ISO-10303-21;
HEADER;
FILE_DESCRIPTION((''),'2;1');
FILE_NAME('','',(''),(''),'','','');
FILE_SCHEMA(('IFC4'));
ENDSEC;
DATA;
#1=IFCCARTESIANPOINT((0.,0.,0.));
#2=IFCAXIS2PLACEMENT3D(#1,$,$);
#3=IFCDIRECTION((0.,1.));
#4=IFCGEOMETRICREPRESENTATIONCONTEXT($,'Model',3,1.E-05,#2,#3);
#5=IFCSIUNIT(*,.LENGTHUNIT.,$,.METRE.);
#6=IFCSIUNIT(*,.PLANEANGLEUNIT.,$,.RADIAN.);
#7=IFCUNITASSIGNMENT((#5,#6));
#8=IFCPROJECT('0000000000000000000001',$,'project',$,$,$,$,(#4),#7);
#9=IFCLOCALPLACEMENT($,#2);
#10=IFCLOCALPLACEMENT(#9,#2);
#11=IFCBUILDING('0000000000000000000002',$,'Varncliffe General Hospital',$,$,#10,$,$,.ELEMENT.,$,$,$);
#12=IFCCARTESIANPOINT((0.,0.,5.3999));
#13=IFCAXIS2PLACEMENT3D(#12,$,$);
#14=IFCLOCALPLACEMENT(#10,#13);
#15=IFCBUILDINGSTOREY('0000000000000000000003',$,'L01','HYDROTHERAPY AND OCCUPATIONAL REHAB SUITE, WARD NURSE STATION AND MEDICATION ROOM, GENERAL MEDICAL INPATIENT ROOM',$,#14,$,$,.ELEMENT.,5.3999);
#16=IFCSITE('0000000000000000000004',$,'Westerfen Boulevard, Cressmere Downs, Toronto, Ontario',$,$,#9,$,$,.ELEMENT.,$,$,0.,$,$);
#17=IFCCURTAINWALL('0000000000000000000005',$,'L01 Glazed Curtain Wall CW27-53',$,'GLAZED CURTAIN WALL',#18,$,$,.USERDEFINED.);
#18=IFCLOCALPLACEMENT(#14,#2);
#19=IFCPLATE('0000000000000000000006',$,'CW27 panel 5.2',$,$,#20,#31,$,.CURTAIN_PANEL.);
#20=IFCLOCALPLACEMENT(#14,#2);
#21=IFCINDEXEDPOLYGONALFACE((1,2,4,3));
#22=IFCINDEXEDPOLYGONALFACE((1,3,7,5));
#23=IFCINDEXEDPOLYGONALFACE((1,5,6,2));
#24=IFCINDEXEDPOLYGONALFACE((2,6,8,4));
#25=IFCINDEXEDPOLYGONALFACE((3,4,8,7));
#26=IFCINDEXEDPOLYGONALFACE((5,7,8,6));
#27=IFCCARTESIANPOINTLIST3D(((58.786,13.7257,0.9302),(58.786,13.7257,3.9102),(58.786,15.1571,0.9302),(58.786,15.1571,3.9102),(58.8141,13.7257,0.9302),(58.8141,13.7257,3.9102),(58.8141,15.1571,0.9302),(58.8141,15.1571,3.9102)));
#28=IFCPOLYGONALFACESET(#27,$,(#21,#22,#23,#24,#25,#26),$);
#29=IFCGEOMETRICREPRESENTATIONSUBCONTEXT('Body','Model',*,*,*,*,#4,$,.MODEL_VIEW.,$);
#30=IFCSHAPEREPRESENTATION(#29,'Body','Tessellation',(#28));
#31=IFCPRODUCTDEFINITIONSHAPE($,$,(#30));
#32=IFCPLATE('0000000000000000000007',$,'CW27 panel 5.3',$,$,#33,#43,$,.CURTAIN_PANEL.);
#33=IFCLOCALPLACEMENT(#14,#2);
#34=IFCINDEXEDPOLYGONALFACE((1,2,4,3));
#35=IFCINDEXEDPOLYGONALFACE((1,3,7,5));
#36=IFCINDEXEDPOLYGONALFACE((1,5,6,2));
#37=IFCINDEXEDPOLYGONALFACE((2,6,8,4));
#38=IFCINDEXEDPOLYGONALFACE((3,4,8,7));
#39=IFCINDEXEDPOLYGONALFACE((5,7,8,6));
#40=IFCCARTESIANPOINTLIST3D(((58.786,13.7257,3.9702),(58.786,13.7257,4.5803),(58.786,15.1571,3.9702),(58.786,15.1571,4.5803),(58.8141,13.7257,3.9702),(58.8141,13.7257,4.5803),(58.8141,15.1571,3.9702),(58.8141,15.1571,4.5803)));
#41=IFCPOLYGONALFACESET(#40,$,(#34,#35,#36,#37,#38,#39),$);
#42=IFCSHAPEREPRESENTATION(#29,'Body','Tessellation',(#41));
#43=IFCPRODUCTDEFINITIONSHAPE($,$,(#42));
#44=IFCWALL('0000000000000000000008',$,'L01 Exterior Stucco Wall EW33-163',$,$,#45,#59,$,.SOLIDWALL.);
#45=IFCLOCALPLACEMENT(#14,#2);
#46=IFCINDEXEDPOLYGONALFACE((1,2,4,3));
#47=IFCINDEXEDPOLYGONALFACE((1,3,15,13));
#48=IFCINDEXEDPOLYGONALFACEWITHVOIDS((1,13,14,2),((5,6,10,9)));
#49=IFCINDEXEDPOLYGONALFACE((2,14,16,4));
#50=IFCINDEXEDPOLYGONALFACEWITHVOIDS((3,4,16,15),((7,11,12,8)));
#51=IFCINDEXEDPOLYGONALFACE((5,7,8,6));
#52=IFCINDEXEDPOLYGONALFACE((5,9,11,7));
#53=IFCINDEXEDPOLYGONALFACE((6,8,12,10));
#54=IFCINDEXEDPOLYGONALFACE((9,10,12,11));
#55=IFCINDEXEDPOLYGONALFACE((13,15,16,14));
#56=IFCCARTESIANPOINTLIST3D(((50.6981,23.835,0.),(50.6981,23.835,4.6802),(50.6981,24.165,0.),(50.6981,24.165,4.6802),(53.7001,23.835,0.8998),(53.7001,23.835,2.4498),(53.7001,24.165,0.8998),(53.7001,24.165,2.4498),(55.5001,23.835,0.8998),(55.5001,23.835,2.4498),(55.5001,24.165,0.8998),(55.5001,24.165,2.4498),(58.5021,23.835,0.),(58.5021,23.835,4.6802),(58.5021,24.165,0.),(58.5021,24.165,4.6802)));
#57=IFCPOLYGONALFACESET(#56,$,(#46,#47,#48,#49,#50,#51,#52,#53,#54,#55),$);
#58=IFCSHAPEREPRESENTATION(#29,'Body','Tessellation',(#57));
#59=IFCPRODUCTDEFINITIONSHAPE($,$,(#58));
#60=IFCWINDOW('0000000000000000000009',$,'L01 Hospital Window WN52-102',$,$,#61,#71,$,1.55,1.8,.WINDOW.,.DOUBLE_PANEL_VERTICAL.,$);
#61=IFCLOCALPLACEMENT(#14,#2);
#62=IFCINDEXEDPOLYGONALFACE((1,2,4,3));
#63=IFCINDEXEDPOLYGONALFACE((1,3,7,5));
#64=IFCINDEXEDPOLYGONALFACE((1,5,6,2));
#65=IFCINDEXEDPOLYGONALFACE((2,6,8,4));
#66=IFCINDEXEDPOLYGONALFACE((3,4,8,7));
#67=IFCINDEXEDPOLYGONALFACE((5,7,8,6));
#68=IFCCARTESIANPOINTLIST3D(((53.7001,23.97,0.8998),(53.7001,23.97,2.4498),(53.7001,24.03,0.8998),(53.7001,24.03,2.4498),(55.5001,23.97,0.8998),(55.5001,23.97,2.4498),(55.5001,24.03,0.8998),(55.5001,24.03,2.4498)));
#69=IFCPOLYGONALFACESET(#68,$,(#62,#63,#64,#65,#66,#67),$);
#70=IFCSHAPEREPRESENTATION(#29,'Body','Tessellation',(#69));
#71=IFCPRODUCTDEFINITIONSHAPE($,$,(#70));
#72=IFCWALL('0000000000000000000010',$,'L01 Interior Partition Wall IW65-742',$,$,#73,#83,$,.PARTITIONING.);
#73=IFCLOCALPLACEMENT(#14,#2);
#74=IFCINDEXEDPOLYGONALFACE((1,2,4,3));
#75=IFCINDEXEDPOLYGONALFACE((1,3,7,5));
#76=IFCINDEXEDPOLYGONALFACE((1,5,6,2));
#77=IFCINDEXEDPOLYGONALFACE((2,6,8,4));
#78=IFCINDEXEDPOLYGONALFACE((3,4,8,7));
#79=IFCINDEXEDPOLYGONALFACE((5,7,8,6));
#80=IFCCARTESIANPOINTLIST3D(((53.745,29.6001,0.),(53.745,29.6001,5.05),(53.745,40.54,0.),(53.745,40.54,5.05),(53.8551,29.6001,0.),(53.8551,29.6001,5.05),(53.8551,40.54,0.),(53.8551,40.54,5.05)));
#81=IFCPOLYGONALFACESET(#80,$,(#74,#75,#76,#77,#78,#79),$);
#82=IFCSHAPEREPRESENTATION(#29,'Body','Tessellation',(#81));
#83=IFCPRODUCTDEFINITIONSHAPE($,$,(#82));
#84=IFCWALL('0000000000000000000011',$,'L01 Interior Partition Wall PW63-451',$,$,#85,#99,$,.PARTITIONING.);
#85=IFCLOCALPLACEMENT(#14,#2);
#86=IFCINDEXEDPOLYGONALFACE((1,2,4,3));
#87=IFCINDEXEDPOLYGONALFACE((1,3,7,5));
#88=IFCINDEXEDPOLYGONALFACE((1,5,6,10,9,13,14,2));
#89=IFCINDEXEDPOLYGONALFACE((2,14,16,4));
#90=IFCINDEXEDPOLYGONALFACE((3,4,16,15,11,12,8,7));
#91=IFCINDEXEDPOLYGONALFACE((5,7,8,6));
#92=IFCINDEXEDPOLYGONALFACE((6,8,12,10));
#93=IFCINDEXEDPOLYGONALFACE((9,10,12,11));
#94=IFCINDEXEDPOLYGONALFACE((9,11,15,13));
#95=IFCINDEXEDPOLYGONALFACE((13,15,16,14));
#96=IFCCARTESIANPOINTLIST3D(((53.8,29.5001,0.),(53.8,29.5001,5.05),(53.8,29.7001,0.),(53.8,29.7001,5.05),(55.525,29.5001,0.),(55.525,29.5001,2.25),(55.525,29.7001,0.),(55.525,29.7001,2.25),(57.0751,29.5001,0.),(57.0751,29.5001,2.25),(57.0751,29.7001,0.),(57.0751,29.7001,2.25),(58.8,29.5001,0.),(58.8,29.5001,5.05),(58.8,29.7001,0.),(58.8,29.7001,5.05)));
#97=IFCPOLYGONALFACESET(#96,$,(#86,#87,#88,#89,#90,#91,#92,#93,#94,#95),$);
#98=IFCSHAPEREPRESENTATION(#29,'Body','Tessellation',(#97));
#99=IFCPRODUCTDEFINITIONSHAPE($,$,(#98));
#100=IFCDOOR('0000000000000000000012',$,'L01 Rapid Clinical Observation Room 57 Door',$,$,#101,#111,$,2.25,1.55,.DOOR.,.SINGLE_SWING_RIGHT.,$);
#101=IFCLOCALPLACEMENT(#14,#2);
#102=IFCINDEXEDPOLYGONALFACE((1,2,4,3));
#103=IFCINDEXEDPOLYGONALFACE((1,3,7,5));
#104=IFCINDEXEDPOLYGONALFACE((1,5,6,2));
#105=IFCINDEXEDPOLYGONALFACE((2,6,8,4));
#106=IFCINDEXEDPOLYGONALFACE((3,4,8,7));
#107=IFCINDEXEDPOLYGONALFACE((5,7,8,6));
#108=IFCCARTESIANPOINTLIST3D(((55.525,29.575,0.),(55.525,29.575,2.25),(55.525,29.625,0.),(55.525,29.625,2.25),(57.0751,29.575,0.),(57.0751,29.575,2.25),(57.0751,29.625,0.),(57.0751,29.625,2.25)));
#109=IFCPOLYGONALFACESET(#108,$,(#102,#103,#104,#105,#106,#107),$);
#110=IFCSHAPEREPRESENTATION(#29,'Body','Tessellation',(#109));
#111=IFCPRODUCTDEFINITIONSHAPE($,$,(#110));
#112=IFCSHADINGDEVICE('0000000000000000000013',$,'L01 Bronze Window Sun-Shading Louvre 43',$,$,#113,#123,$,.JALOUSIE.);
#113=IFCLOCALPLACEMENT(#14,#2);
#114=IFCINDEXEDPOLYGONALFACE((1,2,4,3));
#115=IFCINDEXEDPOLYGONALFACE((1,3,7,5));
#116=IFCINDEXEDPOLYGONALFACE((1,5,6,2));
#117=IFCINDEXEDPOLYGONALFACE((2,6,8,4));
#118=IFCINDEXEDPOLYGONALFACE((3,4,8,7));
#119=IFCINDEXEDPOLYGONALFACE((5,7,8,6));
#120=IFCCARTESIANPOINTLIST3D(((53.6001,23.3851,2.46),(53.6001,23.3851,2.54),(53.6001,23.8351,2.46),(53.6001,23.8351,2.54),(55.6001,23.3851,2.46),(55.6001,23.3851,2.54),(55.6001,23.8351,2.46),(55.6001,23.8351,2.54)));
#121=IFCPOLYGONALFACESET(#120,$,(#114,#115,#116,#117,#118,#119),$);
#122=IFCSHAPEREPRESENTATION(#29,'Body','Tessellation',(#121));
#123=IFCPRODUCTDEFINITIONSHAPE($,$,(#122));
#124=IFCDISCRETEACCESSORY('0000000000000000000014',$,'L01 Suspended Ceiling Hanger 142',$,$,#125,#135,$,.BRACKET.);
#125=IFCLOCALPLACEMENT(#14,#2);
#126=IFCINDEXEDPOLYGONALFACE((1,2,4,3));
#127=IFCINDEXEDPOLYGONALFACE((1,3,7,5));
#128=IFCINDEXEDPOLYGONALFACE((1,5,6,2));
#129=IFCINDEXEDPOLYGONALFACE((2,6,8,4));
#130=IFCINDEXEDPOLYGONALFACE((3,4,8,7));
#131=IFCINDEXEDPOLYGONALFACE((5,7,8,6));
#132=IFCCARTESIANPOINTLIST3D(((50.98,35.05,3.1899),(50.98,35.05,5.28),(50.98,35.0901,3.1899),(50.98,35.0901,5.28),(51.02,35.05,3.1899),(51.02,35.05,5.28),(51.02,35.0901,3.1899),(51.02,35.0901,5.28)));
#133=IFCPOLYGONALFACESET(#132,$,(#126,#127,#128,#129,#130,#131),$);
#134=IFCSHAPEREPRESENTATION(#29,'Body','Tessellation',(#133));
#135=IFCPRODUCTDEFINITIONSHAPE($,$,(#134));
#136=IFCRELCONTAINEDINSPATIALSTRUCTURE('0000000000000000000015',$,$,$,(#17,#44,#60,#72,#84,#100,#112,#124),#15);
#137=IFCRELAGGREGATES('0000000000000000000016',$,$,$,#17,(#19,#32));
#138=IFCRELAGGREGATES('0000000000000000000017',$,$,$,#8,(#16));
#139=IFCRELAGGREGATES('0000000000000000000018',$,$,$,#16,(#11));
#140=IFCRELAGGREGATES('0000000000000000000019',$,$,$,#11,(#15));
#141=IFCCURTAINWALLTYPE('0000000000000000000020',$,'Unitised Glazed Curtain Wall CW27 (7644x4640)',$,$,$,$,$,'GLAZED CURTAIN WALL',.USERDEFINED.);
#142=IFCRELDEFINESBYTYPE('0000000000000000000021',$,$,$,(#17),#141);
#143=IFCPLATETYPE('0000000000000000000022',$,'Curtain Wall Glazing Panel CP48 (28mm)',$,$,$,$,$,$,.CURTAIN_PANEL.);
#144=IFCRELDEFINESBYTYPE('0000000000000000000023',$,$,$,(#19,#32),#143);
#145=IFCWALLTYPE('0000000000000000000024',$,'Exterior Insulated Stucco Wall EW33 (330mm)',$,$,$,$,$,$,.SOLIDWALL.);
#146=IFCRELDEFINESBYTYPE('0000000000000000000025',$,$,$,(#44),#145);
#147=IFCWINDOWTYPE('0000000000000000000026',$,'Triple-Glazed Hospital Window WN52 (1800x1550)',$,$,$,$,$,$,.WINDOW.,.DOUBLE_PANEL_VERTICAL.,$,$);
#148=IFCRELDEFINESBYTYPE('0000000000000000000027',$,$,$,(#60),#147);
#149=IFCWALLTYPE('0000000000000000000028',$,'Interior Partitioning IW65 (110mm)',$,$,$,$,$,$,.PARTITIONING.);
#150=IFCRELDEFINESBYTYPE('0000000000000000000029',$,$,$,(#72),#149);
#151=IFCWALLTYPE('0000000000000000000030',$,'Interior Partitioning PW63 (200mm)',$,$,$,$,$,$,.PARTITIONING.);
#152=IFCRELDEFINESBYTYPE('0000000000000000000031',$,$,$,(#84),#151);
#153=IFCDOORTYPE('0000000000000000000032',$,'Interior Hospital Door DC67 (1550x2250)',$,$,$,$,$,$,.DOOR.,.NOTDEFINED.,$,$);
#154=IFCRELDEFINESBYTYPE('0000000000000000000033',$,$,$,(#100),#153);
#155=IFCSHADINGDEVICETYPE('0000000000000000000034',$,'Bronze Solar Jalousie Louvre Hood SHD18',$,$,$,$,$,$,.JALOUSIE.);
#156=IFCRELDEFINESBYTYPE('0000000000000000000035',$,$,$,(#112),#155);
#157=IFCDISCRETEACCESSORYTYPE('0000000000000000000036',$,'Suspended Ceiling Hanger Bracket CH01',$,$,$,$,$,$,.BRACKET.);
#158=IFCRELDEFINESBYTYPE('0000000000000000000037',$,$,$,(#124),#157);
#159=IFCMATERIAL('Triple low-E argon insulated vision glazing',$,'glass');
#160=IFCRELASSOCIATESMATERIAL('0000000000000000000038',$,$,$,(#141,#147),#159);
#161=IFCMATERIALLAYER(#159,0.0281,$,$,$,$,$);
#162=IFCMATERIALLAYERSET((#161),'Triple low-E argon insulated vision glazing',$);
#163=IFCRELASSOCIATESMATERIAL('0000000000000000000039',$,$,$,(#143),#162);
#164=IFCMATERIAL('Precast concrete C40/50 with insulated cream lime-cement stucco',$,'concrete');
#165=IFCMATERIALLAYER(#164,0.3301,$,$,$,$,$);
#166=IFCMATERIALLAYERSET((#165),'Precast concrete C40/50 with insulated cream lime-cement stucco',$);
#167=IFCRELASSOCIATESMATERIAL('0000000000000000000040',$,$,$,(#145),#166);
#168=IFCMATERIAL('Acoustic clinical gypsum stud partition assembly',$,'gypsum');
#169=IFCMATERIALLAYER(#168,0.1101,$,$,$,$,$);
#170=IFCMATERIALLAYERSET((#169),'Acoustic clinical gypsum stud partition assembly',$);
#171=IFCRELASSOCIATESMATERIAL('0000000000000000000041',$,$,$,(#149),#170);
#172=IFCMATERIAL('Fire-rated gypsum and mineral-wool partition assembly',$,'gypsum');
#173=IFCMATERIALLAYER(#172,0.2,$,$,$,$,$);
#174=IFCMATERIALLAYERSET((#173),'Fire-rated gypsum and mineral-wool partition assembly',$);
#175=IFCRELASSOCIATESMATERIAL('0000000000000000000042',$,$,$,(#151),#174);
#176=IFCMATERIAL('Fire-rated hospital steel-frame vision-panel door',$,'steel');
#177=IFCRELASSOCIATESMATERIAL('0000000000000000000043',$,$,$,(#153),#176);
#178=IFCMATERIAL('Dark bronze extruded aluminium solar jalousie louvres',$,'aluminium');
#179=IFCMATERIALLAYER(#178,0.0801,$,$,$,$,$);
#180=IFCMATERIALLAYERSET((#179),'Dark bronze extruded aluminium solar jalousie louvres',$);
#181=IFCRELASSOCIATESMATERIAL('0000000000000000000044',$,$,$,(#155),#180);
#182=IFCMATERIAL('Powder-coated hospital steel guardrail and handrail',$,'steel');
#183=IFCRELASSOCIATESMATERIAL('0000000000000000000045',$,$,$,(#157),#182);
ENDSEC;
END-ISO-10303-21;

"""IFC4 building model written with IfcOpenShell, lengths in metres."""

from ifc_helpers import new_model, si_unit, direction, frame, frame_2d, origin, origin_2d, place, context, subcontext, project, spatial, rectangle, extrude, material, layer, layer_set, type_object, element, fill, aggregate, save


model = new_model("IFC4")

# Units and contexts
model_context = context("Model", 3, precision=1e-05, world=origin(), true_north=direction((0.0, 1.0)))
body_context = subcontext(model_context, "Body", "Model", "MODEL_VIEW")
ifc_project = project(units=[si_unit("LENGTHUNIT", "METRE"), si_unit("PLANEANGLEUNIT", "RADIAN")], contexts=[model_context])

# Site, building, storey
site_placement = place(None, origin())
site = spatial("IfcSite", under=ifc_project, at=site_placement, Name="Westerfen Boulevard, Cressmere Downs, Toronto, Ontario", CompositionType="ELEMENT", RefElevation=0.0)
building_placement = place(site_placement, origin())
building = spatial("IfcBuilding", under=site, at=building_placement, Name="Varncliffe General Hospital", CompositionType="ELEMENT")
storey_placement = place(building_placement, frame((0.0, 0.0, 5.3999)))
storey = spatial("IfcBuildingStorey", under=building, at=storey_placement, Name="L01", Description="HYDROTHERAPY AND OCCUPATIONAL REHAB SUITE, WARD NURSE STATION AND MEDICATION ROOM, GENERAL MEDICAL INPATIENT ROOM", CompositionType="ELEMENT", Elevation=5.3999)

# Curtain wall
ifc_material_1 = material(Name="Triple low-E argon insulated vision glazing", Category="glass")
curtain_wall_type = type_object("IfcCurtainWallType", Name="Unitised Glazed Curtain Wall CW27 (7644x4640)", ElementType="GLAZED CURTAIN WALL", PredefinedType="USERDEFINED", material=ifc_material_1)
curtain_wall_placement = place(storey_placement, origin())
curtain_wall = element("IfcCurtainWall", 1, at=curtain_wall_placement, inside=storey, type_object=curtain_wall_type, Name="L01 Glazed Curtain Wall CW27-53", ObjectType="GLAZED CURTAIN WALL", PredefinedType="USERDEFINED")

# Plates
ifc_layer_1 = layer(ifc_material_1, 0.0281)
ifc_layer_set_1 = layer_set([ifc_layer_1], Name="Triple low-E argon insulated vision glazing")
plate_type = type_object("IfcPlateType", Name="Curtain Wall Glazing Panel CP48 (28mm)", PredefinedType="CURTAIN_PANEL", material=ifc_layer_set_1)
plate_1_placement = place(storey_placement, frame((58.8, 14.4414, 0.9302), z_axis=(0.0, 0.0, 1.0), x_axis=(0.0, 1.0, 0.0)))
plate_1 = element("IfcPlate", 2, at=plate_1_placement, type_object=plate_type, Name="CW27 panel 5.2", PredefinedType="CURTAIN_PANEL", context=body_context, shape_type="SweptSolid", body=[
    extrude(rectangle(XDim=1.4314, YDim=0.0281, at=origin_2d()), origin(), (0.0, 0.0, 1.0), 2.98),
])
plate_2_placement = place(storey_placement, frame((58.8, 14.4414, 3.9702), z_axis=(0.0, 0.0, 1.0), x_axis=(0.0, 1.0, 0.0)))
plate_2 = element("IfcPlate", 3, at=plate_2_placement, type_object=plate_type, Name="CW27 panel 5.3", PredefinedType="CURTAIN_PANEL", context=body_context, shape_type="SweptSolid", body=[
    extrude(rectangle(XDim=1.4314, YDim=0.0281, at=origin_2d()), origin(), (0.0, 0.0, 1.0), 0.6101),
])
aggregate(curtain_wall, [plate_1, plate_2])

# Wall, opening, window
ifc_material_2 = material(Name="Precast concrete C40/50 with insulated cream lime-cement stucco", Category="concrete")
ifc_layer_2 = layer(ifc_material_2, 0.3301)
ifc_layer_set_2 = layer_set([ifc_layer_2], Name="Precast concrete C40/50 with insulated cream lime-cement stucco")
wall_type_1 = type_object("IfcWallType", Name="Exterior Insulated Stucco Wall EW33 (330mm)", PredefinedType="SOLIDWALL", material=ifc_layer_set_2)
wall_1_placement = place(storey_placement, frame((58.502, 24.0, 0.0), z_axis=(0.0, 0.0, 1.0), x_axis=(-1.0, 0.0, 0.0)))
wall_1 = element("IfcWall", 4, at=wall_1_placement, inside=storey, type_object=wall_type_1, Name="L01 Exterior Stucco Wall EW33-163", PredefinedType="SOLIDWALL", context=body_context, shape_type="SweptSolid", body=[
    extrude(rectangle(XDim=7.804, YDim=0.3301, at=frame_2d((3.9019, 0.0))), origin(), (0.0, 0.0, 1.0), 4.6802),
])
opening_1_placement = place(wall_1_placement, frame((3.002, 0.0, 0.8999)))
opening_1 = element("IfcOpeningElement", 5, at=opening_1_placement, cuts=wall_1, PredefinedType="OPENING", context=body_context, shape_type="SweptSolid", body=[
    extrude(rectangle(XDim=1.8, YDim=1.55, at=frame_2d((0.8999, 0.7749))), frame((0.0, 0.175, 0.0), z_axis=(0.0, -1.0, 0.0), x_axis=(1.0, 0.0, 0.0)), (0.0, 0.0, 1.0), 0.3501),
])
window_type = type_object("IfcWindowType", Name="Triple-Glazed Hospital Window WN52 (1800x1550)", PartitioningType="DOUBLE_PANEL_VERTICAL", PredefinedType="WINDOW", material=ifc_material_1)
window_placement = place(opening_1_placement, origin())
window = element("IfcWindow", 6, at=window_placement, inside=storey, type_object=window_type, Name="L01 Hospital Window WN52-102", OverallHeight=1.55, OverallWidth=1.8, PartitioningType="DOUBLE_PANEL_VERTICAL", PredefinedType="WINDOW", context=body_context, shape_type="SweptSolid", body=[
    extrude(rectangle(XDim=1.8, YDim=1.55, at=frame_2d((0.8999, 0.7749))), frame((0.0, 0.03, 0.0), z_axis=(0.0, -1.0, 0.0), x_axis=(1.0, 0.0, 0.0)), (0.0, 0.0, 1.0), 0.0601),
])
fill(opening_1, window)

# Wall
ifc_material_3 = material(Name="Acoustic clinical gypsum stud partition assembly", Category="gypsum")
ifc_layer_3 = layer(ifc_material_3, 0.1101)
ifc_layer_set_3 = layer_set([ifc_layer_3], Name="Acoustic clinical gypsum stud partition assembly")
wall_type_2 = type_object("IfcWallType", Name="Interior Partitioning IW65 (110mm)", PredefinedType="PARTITIONING", material=ifc_layer_set_3)
wall_2_placement = place(storey_placement, frame((53.8, 29.6001, 0.0), z_axis=(0.0, 0.0, 1.0), x_axis=(0.0, 1.0, 0.0)))
element("IfcWall", 7, at=wall_2_placement, inside=storey, type_object=wall_type_2, Name="L01 Interior Partition Wall IW65-742", PredefinedType="PARTITIONING", context=body_context, shape_type="SweptSolid", body=[
    extrude(rectangle(XDim=10.9399, YDim=0.1101, at=frame_2d((5.47, 0.0))), origin(), (0.0, 0.0, 1.0), 5.05),
])

# Wall, opening, door
ifc_material_4 = material(Name="Fire-rated gypsum and mineral-wool partition assembly", Category="gypsum")
ifc_layer_4 = layer(ifc_material_4, 0.2)
ifc_layer_set_4 = layer_set([ifc_layer_4], Name="Fire-rated gypsum and mineral-wool partition assembly")
wall_type_3 = type_object("IfcWallType", Name="Interior Partitioning PW63 (200mm)", PredefinedType="PARTITIONING", material=ifc_layer_set_4)
wall_3_placement = place(storey_placement, frame((53.8, 29.6001, 0.0), z_axis=(0.0, 0.0, 1.0), x_axis=(1.0, 0.0, 0.0)))
wall_3 = element("IfcWall", 8, at=wall_3_placement, inside=storey, type_object=wall_type_3, Name="L01 Interior Partition Wall PW63-451", PredefinedType="PARTITIONING", context=body_context, shape_type="SweptSolid", body=[
    extrude(rectangle(XDim=5.0, YDim=0.2, at=frame_2d((2.5, 0.0))), origin(), (0.0, 0.0, 1.0), 5.05),
])
opening_2_placement = place(wall_3_placement, frame((1.7251, 0.0, 0.0)))
opening_2 = element("IfcOpeningElement", 9, at=opening_2_placement, cuts=wall_3, PredefinedType="OPENING", context=body_context, shape_type="SweptSolid", body=[
    extrude(rectangle(XDim=1.55, YDim=2.25, at=frame_2d((0.7749, 1.125))), frame((0.0, 0.1099, 0.0), z_axis=(0.0, -1.0, 0.0), x_axis=(1.0, 0.0, 0.0)), (0.0, 0.0, 1.0), 0.22),
])
ifc_material_5 = material(Name="Fire-rated hospital steel-frame vision-panel door", Category="steel")
door_type = type_object("IfcDoorType", Name="Interior Hospital Door DC67 (1550x2250)", OperationType="NOTDEFINED", PredefinedType="DOOR", material=ifc_material_5)
door_placement = place(opening_2_placement, origin())
door = element("IfcDoor", 10, at=door_placement, inside=storey, type_object=door_type, Name="L01 Rapid Clinical Observation Room 57 Door", OperationType="SINGLE_SWING_RIGHT", OverallHeight=2.25, OverallWidth=1.55, PredefinedType="DOOR", context=body_context, shape_type="SweptSolid", body=[
    extrude(rectangle(XDim=1.55, YDim=2.25, at=frame_2d((0.7749, 1.125))), frame((0.0, 0.0249, 0.0), z_axis=(0.0, -1.0, 0.0), x_axis=(1.0, 0.0, 0.0)), (0.0, 0.0, 1.0), 0.05),
])
fill(opening_2, door)

# Shading device
ifc_material_6 = material(Name="Dark bronze extruded aluminium solar jalousie louvres", Category="aluminium")
ifc_layer_5 = layer(ifc_material_6, 0.0801)
ifc_layer_set_5 = layer_set([ifc_layer_5], Name="Dark bronze extruded aluminium solar jalousie louvres")
shading_device_type = type_object("IfcShadingDeviceType", Name="Bronze Solar Jalousie Louvre Hood SHD18", PredefinedType="JALOUSIE", material=ifc_layer_set_5)
shading_device_placement = place(storey_placement, frame((54.6001, 23.6101, 2.46), z_axis=(0.0, 0.0, 1.0), x_axis=(-1.0, 0.0, 0.0)))
element("IfcShadingDevice", 11, at=shading_device_placement, inside=storey, type_object=shading_device_type, Name="L01 Bronze Window Sun-Shading Louvre 43", PredefinedType="JALOUSIE", context=body_context, shape_type="SweptSolid", body=[
    extrude(rectangle(XDim=2.0, YDim=0.45, at=origin_2d()), origin(), (0.0, 0.0, 1.0), 0.0801),
])

# Discrete accessory
ifc_material_7 = material(Name="Powder-coated hospital steel guardrail and handrail", Category="steel")
discrete_accessory_type = type_object("IfcDiscreteAccessoryType", Name="Suspended Ceiling Hanger Bracket CH01", PredefinedType="BRACKET", material=ifc_material_7)
discrete_accessory_placement = place(storey_placement, frame((51.0, 35.0701, 3.1899), z_axis=(0.0, 0.0, 1.0), x_axis=(1.0, 0.0, 0.0)))
element("IfcDiscreteAccessory", 12, at=discrete_accessory_placement, inside=storey, type_object=discrete_accessory_type, Name="L01 Suspended Ceiling Hanger 142", PredefinedType="BRACKET", context=body_context, shape_type="SweptSolid", body=[
    extrude(rectangle(XDim=0.04, YDim=0.04, at=origin_2d()), origin(), (0.0, 0.0, 1.0), 2.0901),
])

save(model, "model.ifc")
